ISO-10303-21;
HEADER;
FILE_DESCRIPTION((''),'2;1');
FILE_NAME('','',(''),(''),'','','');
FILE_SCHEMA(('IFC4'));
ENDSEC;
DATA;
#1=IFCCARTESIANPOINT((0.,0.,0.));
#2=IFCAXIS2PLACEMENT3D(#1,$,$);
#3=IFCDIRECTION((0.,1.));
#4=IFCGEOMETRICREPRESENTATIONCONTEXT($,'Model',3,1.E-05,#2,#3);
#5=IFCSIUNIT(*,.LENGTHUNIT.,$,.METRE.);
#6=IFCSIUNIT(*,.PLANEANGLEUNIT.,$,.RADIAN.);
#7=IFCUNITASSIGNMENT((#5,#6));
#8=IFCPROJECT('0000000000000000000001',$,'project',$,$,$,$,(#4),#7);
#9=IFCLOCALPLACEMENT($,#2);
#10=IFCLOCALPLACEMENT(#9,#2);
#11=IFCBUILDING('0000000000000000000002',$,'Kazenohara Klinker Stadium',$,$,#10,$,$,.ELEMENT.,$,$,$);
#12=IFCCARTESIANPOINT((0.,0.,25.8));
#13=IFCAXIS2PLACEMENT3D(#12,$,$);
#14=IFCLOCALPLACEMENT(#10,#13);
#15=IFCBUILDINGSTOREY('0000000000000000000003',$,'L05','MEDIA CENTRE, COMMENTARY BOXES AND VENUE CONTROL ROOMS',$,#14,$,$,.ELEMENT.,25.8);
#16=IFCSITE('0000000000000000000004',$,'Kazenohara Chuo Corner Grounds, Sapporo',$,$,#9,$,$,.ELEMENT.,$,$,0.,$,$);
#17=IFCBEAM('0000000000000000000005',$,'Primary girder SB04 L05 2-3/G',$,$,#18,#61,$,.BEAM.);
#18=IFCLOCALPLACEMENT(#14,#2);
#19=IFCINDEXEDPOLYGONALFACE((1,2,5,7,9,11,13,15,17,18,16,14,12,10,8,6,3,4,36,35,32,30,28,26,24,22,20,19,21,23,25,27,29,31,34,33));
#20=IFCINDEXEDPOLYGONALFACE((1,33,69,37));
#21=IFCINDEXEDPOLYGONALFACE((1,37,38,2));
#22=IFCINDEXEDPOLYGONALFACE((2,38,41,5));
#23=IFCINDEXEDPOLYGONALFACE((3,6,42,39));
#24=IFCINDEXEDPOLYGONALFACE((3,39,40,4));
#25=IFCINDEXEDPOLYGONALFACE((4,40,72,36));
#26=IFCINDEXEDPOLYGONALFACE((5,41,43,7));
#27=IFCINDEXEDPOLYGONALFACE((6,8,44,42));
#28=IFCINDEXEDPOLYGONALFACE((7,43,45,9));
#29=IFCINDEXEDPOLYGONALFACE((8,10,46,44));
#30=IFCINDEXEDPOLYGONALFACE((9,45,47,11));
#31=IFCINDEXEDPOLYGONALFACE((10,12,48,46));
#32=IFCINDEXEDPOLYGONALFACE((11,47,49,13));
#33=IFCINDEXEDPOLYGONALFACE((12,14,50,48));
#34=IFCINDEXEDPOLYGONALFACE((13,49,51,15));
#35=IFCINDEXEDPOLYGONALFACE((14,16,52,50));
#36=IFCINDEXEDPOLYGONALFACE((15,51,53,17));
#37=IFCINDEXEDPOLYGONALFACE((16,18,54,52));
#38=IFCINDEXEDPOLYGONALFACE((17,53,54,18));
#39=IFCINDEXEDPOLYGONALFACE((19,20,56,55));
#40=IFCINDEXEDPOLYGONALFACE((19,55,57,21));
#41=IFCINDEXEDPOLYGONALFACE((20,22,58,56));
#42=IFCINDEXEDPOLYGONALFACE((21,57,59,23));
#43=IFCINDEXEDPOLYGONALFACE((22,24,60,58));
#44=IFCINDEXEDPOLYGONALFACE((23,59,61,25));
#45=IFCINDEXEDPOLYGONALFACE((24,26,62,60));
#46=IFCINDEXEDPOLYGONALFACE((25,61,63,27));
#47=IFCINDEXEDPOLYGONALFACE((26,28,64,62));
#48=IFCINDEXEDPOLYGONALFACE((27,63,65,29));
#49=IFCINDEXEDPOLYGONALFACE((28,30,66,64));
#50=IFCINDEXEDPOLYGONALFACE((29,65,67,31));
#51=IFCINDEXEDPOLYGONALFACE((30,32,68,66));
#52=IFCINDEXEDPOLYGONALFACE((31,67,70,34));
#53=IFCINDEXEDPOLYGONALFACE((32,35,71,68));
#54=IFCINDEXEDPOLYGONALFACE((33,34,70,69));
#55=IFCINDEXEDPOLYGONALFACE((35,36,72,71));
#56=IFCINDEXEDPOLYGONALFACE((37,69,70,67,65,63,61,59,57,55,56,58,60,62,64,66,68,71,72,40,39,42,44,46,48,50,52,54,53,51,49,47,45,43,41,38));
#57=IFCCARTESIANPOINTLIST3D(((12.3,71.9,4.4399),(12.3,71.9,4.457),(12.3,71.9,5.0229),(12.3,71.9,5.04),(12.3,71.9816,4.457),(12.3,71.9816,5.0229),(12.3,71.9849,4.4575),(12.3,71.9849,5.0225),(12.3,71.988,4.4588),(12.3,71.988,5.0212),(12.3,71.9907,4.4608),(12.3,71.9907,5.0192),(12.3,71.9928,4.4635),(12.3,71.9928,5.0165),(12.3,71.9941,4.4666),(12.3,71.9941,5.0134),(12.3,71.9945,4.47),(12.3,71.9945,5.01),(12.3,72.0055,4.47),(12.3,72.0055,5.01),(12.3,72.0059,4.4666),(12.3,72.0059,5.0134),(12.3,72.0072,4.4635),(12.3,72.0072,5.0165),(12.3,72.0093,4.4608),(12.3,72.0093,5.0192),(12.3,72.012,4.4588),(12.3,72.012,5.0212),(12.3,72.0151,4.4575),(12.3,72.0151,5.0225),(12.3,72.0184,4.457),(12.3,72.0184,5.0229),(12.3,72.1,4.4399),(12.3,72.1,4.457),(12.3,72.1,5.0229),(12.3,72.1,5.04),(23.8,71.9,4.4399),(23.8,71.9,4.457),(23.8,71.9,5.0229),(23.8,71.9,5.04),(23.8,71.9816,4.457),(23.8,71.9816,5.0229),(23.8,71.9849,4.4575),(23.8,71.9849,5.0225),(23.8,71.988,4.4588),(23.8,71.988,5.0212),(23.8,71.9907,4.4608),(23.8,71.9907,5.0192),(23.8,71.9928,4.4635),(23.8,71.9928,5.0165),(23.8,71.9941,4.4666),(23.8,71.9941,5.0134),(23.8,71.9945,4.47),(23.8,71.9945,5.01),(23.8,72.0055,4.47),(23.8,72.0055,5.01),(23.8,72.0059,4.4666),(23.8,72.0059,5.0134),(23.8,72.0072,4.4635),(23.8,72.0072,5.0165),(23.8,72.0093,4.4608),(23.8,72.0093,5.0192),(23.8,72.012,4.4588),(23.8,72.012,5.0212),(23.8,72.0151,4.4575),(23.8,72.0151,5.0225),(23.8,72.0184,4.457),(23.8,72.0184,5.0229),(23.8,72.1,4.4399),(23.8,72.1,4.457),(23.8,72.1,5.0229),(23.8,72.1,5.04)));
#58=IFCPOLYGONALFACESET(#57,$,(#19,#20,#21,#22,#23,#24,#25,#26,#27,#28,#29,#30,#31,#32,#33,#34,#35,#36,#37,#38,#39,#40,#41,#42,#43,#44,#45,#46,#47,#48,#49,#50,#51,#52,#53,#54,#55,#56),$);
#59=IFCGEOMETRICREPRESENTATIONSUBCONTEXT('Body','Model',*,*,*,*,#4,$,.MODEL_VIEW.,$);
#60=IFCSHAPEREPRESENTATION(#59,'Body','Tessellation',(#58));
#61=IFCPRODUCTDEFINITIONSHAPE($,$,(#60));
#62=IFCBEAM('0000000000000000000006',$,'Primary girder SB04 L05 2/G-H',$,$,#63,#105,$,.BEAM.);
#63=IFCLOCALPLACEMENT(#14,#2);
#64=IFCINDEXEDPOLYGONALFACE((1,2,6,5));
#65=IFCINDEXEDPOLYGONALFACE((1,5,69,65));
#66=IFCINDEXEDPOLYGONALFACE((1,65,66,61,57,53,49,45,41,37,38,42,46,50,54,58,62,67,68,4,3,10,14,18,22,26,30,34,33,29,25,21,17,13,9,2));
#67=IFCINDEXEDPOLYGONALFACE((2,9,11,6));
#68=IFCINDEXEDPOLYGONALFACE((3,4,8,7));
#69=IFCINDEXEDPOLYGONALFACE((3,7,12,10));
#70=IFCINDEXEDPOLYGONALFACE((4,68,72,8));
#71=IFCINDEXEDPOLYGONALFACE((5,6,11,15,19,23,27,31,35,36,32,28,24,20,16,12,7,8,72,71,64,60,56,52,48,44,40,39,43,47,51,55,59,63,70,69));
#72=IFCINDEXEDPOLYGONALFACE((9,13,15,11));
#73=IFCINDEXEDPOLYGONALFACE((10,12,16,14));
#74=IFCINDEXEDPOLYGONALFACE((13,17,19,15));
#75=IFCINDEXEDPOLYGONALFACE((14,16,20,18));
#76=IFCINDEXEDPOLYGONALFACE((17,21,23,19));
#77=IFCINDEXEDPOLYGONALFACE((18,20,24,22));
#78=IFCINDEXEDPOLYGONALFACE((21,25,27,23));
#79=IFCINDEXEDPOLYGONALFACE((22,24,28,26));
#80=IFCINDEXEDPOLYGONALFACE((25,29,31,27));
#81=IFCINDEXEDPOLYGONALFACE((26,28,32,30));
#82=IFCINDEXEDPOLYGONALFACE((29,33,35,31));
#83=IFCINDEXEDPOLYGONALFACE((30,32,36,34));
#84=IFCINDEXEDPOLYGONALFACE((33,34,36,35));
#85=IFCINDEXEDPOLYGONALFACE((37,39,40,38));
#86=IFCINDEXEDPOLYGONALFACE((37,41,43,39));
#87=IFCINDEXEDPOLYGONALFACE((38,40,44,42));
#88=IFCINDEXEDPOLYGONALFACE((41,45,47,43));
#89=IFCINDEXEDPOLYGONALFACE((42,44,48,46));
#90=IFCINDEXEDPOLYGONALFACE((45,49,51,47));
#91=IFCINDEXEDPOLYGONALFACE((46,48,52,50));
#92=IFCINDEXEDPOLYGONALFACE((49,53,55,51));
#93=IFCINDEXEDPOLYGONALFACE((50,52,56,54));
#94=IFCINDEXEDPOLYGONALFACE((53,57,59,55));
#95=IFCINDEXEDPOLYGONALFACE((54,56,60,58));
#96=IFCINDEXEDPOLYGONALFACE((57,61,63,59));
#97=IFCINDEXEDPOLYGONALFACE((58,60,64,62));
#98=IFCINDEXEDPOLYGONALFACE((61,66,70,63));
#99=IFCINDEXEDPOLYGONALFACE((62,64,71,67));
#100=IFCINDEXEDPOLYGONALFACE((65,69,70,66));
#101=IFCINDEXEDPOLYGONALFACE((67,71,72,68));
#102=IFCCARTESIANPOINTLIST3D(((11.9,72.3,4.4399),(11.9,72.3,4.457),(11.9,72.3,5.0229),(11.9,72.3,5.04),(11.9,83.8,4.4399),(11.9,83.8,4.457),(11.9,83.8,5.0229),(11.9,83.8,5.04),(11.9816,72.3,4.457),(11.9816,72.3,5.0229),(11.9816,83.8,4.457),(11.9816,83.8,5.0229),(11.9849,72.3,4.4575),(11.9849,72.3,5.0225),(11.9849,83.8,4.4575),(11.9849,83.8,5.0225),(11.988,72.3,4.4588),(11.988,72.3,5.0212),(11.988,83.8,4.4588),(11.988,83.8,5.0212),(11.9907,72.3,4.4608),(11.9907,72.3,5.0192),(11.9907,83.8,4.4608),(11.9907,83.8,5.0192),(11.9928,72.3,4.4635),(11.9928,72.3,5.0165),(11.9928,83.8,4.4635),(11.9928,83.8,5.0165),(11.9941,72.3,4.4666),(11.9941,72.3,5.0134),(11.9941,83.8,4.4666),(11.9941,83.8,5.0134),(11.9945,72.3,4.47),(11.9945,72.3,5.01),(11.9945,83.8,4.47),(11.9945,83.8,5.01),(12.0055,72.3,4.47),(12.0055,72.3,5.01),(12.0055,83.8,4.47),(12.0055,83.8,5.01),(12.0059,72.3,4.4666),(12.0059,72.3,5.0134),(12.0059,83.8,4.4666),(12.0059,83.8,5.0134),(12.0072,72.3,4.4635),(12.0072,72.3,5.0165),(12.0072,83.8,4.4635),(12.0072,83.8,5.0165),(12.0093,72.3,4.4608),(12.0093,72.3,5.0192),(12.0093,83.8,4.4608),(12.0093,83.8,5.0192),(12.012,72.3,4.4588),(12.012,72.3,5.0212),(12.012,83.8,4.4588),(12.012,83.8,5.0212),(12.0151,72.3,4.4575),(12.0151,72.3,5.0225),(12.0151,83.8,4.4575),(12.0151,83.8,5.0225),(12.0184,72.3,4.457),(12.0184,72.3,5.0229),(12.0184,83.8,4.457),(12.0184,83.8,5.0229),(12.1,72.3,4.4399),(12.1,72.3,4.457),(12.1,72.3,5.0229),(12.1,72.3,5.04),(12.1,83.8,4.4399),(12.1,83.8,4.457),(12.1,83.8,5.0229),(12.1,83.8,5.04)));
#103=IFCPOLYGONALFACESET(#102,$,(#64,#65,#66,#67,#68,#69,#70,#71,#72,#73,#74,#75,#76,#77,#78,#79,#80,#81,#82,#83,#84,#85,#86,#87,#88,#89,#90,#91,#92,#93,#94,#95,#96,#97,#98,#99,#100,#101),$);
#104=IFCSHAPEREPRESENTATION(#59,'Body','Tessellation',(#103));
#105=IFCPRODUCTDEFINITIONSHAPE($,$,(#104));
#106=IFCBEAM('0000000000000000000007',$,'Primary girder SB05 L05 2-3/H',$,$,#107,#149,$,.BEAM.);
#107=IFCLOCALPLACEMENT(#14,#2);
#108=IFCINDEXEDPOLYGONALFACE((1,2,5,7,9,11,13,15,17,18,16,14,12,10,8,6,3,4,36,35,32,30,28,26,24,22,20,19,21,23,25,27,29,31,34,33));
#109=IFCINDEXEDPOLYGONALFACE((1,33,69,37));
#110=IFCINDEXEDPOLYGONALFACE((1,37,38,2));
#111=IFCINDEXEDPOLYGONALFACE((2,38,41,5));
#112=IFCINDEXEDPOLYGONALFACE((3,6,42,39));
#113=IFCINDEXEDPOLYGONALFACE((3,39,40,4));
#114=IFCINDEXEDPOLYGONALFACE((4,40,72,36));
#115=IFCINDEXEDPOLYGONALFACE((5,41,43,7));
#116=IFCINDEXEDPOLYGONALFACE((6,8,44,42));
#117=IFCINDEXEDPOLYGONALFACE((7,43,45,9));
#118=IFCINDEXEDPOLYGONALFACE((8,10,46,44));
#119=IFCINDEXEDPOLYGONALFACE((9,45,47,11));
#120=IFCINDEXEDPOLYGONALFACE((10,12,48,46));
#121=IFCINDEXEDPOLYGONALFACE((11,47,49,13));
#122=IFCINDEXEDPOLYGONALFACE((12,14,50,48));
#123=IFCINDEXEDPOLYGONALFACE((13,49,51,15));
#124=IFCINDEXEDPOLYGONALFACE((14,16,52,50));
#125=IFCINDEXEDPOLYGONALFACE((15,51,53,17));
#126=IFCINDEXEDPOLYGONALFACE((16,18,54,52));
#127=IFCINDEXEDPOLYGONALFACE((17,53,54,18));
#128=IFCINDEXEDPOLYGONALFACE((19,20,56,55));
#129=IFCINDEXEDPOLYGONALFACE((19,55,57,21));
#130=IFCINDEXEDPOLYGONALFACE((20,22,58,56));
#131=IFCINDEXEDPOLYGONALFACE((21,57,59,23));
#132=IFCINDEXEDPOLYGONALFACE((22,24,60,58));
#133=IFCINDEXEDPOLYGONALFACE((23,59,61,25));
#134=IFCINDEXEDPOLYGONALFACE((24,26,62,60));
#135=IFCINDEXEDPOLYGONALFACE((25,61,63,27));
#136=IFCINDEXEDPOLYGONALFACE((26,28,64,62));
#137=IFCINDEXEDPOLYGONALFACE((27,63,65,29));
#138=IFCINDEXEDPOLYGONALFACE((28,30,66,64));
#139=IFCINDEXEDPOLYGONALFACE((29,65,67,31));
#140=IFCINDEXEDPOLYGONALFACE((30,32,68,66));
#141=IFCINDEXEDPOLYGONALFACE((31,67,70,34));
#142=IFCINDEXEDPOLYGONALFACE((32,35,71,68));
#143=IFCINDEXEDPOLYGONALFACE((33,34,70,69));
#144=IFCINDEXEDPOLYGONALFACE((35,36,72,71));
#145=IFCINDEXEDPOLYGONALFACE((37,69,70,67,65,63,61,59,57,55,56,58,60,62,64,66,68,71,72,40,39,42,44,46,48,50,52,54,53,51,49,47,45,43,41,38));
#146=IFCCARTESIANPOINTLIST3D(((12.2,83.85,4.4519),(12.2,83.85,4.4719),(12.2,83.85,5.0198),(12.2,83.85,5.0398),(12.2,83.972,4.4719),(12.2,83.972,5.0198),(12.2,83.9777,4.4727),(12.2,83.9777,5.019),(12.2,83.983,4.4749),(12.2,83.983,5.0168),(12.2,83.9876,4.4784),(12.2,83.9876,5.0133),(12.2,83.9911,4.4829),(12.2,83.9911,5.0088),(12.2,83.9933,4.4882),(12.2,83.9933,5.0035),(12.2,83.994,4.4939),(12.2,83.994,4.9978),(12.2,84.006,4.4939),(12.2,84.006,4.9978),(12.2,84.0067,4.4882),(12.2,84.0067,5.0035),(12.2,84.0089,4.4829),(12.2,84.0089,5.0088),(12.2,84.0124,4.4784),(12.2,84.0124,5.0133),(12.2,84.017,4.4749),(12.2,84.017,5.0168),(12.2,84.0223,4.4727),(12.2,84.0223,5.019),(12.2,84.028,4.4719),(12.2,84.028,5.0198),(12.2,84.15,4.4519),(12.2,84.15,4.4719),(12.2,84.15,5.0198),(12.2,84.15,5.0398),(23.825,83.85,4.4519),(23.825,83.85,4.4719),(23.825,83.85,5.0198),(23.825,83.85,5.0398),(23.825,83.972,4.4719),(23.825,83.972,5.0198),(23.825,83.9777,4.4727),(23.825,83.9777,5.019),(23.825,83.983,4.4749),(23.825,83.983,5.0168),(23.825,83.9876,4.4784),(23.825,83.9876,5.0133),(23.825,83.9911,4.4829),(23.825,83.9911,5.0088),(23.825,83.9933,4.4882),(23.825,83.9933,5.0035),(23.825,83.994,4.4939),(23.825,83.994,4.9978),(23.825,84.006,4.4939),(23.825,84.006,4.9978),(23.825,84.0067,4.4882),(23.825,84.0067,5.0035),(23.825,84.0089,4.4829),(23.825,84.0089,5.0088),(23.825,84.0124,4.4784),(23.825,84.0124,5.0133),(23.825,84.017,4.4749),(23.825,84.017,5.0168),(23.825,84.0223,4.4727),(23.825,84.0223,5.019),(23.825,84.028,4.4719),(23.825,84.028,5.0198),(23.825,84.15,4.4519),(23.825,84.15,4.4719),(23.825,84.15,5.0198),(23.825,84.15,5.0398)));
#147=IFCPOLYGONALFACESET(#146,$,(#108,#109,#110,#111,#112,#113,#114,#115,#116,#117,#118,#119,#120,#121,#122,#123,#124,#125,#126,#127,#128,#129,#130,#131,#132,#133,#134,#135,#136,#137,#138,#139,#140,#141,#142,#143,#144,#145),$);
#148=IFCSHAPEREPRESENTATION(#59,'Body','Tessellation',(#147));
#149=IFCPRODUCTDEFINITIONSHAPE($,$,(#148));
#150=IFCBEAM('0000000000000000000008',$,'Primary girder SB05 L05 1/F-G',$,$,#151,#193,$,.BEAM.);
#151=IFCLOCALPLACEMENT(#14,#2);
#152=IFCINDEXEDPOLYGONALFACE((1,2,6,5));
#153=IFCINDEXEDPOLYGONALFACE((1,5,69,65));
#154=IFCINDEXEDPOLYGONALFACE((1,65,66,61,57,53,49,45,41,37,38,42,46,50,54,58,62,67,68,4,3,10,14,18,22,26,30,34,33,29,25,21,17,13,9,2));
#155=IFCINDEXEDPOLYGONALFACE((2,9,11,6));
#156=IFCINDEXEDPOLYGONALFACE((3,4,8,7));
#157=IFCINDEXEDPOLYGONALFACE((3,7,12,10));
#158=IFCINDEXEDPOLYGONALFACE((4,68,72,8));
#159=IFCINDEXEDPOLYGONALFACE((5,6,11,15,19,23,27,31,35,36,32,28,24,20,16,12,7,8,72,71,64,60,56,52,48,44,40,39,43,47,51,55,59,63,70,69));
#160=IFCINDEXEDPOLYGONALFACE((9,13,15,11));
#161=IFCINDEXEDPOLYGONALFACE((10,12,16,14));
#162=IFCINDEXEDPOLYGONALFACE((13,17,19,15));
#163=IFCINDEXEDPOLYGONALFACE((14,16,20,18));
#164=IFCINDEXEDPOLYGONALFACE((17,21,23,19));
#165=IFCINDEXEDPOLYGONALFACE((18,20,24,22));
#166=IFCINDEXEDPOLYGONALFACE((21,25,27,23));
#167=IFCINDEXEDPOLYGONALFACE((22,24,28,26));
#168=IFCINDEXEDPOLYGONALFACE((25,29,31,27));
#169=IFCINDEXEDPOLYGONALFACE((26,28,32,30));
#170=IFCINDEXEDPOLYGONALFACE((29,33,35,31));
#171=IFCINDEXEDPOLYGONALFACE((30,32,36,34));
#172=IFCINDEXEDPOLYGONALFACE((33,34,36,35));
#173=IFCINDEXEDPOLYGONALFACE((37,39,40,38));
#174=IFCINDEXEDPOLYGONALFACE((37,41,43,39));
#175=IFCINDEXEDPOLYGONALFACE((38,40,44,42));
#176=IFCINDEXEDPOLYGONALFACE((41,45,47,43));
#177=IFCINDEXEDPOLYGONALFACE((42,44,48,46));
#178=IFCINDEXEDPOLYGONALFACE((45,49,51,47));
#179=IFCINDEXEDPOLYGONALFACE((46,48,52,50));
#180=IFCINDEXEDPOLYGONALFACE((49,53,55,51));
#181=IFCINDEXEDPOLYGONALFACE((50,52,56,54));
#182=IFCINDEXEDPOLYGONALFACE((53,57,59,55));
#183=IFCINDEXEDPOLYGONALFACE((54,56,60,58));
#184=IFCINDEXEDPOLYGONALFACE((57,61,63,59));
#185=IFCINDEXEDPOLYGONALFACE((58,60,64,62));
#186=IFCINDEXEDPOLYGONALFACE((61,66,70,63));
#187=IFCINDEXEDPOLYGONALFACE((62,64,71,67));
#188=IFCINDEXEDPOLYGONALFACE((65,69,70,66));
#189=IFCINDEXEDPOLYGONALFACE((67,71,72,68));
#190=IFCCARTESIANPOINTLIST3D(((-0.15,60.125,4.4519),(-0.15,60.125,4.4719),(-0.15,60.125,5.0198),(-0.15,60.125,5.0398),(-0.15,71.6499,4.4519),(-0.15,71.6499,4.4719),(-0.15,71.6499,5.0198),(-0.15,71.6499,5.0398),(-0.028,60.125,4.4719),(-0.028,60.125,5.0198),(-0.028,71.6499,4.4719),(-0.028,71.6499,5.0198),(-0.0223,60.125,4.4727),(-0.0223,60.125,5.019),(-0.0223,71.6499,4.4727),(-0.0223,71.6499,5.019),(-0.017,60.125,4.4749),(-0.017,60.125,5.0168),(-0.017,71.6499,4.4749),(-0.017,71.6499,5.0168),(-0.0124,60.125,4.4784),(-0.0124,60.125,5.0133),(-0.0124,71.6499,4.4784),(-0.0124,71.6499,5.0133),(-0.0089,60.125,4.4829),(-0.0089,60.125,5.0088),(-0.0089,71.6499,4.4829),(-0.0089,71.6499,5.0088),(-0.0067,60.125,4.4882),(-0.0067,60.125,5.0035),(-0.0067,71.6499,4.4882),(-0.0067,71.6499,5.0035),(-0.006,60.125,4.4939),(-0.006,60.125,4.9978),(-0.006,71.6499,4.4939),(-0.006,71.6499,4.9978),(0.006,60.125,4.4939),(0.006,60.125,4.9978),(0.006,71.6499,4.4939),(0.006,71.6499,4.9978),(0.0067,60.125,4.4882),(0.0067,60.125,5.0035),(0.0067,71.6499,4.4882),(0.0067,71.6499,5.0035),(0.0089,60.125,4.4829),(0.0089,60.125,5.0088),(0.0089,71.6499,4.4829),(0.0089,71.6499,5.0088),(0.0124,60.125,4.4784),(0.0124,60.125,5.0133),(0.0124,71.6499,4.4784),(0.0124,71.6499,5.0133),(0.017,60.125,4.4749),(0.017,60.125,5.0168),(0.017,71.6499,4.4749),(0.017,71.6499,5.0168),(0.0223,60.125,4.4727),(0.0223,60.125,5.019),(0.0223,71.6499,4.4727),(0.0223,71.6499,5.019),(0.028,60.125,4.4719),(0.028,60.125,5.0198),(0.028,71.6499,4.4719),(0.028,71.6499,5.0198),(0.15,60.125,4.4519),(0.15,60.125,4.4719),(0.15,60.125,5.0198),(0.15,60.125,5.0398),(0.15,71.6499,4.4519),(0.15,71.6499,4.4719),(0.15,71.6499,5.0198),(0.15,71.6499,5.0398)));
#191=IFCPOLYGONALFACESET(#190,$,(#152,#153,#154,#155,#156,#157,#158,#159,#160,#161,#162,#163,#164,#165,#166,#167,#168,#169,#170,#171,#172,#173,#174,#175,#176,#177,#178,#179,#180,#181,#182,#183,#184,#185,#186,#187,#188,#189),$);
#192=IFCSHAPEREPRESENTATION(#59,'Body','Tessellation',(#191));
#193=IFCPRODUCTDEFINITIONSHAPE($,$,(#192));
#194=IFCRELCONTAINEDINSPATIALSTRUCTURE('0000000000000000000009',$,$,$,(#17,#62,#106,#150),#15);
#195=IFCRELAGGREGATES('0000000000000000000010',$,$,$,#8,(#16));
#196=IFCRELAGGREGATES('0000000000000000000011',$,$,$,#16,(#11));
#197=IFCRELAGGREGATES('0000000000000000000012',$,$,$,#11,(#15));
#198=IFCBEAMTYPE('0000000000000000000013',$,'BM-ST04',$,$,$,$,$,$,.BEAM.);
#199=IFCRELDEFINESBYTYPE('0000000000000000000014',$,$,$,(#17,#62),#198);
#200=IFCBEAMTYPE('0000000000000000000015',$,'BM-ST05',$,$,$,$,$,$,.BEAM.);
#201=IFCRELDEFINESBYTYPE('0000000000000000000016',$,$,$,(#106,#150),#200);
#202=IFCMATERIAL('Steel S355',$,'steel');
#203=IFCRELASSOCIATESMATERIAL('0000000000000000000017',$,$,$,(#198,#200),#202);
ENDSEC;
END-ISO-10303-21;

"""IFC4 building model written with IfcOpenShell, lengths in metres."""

from ifc_helpers import new_model, si_unit, direction, frame, origin, origin_2d, place, context, subcontext, project, spatial, i_section, extrude, material, material_profile, profile_set, type_object, element, save


model = new_model("IFC4")

# Units and contexts
model_context = context("Model", 3, precision=1e-05, world=origin(), true_north=direction((0.0, 1.0)))
body_context = subcontext(model_context, "Body", "Model", "MODEL_VIEW")
ifc_project = project(units=[si_unit("LENGTHUNIT", "METRE"), si_unit("PLANEANGLEUNIT", "RADIAN")], contexts=[model_context])

# Site, building, storey
site_placement = place(None, origin())
site = spatial("IfcSite", under=ifc_project, at=site_placement, Name="Kazenohara Chuo Corner Grounds, Sapporo", CompositionType="ELEMENT", RefElevation=0.0)
building_placement = place(site_placement, origin())
building = spatial("IfcBuilding", under=site, at=building_placement, Name="Kazenohara Klinker Stadium", CompositionType="ELEMENT")
storey_placement = place(building_placement, frame((0.0, 0.0, 25.8)))
storey = spatial("IfcBuildingStorey", under=building, at=storey_placement, Name="L05", Description="MEDIA CENTRE, COMMENTARY BOXES AND VENUE CONTROL ROOMS", CompositionType="ELEMENT", Elevation=25.8)

# Shared definitions
ifc_material_1 = material(Name="Steel S355", Category="steel")

# Beams
ifc_material_profile_1 = material_profile(ifc_material_1, i_section(OverallWidth=0.2, OverallDepth=0.6001, WebThickness=0.011, FlangeThickness=0.0171, FilletRadius=0.0129, at=origin_2d()), Name="H-600x200x11x17")
ifc_profile_set_1 = profile_set([ifc_material_profile_1], Name="Steel S355")
beam_type_1 = type_object("IfcBeamType", Name="BM-ST04", PredefinedType="BEAM", material=ifc_profile_set_1)
for number, where, z_axis, x_axis, name in (
    (1, (12.3, 72.0, 4.74), (1.0, 0.0, 0.0), (0.0, 1.0, 0.0), "Primary girder SB04 L05 2-3/G"),
    (2, (12.0, 72.3, 4.74), (0.0, 1.0, 0.0), (-1.0, 0.0, 0.0), "Primary girder SB04 L05 2/G-H"),
):
    element("IfcBeam", number, at=place(storey_placement, frame(where, z_axis=z_axis, x_axis=x_axis)), inside=storey, type_object=beam_type_1, Name=name, PredefinedType="BEAM", context=body_context, shape_type="SweptSolid", body=[
        extrude(i_section(OverallWidth=0.2, OverallDepth=0.6001, WebThickness=0.011, FlangeThickness=0.0171, FilletRadius=0.0129, at=origin_2d()), origin(), (0.0, 0.0, 1.0), 11.5),
    ])
ifc_material_profile_2 = material_profile(ifc_material_1, i_section(OverallWidth=0.3, OverallDepth=0.5879, WebThickness=0.012, FlangeThickness=0.02, FilletRadius=0.022, at=origin_2d()), Name="H-588x300x12x20")
ifc_profile_set_2 = profile_set([ifc_material_profile_2], Name="Steel S355")
beam_type_2 = type_object("IfcBeamType", Name="BM-ST05", PredefinedType="BEAM", material=ifc_profile_set_2)
beam_1_placement = place(storey_placement, frame((12.2, 84.0, 4.7458), z_axis=(1.0, 0.0, 0.0), x_axis=(0.0, 1.0, 0.0)))
element("IfcBeam", 3, at=beam_1_placement, inside=storey, type_object=beam_type_2, Name="Primary girder SB05 L05 2-3/H", PredefinedType="BEAM", context=body_context, shape_type="SweptSolid", body=[
    extrude(i_section(OverallWidth=0.3, OverallDepth=0.5879, WebThickness=0.012, FlangeThickness=0.02, FilletRadius=0.022, at=origin_2d()), origin(), (0.0, 0.0, 1.0), 11.625),
])
beam_2_placement = place(storey_placement, frame((0.0, 60.125, 4.7458), z_axis=(0.0, 1.0, 0.0), x_axis=(-1.0, 0.0, 0.0)))
element("IfcBeam", 4, at=beam_2_placement, inside=storey, type_object=beam_type_2, Name="Primary girder SB05 L05 1/F-G", PredefinedType="BEAM", context=body_context, shape_type="SweptSolid", body=[
    extrude(i_section(OverallWidth=0.3, OverallDepth=0.5879, WebThickness=0.012, FlangeThickness=0.02, FilletRadius=0.022, at=origin_2d()), origin(), (0.0, 0.0, 1.0), 11.5249),
])

save(model, "model.ifc")
